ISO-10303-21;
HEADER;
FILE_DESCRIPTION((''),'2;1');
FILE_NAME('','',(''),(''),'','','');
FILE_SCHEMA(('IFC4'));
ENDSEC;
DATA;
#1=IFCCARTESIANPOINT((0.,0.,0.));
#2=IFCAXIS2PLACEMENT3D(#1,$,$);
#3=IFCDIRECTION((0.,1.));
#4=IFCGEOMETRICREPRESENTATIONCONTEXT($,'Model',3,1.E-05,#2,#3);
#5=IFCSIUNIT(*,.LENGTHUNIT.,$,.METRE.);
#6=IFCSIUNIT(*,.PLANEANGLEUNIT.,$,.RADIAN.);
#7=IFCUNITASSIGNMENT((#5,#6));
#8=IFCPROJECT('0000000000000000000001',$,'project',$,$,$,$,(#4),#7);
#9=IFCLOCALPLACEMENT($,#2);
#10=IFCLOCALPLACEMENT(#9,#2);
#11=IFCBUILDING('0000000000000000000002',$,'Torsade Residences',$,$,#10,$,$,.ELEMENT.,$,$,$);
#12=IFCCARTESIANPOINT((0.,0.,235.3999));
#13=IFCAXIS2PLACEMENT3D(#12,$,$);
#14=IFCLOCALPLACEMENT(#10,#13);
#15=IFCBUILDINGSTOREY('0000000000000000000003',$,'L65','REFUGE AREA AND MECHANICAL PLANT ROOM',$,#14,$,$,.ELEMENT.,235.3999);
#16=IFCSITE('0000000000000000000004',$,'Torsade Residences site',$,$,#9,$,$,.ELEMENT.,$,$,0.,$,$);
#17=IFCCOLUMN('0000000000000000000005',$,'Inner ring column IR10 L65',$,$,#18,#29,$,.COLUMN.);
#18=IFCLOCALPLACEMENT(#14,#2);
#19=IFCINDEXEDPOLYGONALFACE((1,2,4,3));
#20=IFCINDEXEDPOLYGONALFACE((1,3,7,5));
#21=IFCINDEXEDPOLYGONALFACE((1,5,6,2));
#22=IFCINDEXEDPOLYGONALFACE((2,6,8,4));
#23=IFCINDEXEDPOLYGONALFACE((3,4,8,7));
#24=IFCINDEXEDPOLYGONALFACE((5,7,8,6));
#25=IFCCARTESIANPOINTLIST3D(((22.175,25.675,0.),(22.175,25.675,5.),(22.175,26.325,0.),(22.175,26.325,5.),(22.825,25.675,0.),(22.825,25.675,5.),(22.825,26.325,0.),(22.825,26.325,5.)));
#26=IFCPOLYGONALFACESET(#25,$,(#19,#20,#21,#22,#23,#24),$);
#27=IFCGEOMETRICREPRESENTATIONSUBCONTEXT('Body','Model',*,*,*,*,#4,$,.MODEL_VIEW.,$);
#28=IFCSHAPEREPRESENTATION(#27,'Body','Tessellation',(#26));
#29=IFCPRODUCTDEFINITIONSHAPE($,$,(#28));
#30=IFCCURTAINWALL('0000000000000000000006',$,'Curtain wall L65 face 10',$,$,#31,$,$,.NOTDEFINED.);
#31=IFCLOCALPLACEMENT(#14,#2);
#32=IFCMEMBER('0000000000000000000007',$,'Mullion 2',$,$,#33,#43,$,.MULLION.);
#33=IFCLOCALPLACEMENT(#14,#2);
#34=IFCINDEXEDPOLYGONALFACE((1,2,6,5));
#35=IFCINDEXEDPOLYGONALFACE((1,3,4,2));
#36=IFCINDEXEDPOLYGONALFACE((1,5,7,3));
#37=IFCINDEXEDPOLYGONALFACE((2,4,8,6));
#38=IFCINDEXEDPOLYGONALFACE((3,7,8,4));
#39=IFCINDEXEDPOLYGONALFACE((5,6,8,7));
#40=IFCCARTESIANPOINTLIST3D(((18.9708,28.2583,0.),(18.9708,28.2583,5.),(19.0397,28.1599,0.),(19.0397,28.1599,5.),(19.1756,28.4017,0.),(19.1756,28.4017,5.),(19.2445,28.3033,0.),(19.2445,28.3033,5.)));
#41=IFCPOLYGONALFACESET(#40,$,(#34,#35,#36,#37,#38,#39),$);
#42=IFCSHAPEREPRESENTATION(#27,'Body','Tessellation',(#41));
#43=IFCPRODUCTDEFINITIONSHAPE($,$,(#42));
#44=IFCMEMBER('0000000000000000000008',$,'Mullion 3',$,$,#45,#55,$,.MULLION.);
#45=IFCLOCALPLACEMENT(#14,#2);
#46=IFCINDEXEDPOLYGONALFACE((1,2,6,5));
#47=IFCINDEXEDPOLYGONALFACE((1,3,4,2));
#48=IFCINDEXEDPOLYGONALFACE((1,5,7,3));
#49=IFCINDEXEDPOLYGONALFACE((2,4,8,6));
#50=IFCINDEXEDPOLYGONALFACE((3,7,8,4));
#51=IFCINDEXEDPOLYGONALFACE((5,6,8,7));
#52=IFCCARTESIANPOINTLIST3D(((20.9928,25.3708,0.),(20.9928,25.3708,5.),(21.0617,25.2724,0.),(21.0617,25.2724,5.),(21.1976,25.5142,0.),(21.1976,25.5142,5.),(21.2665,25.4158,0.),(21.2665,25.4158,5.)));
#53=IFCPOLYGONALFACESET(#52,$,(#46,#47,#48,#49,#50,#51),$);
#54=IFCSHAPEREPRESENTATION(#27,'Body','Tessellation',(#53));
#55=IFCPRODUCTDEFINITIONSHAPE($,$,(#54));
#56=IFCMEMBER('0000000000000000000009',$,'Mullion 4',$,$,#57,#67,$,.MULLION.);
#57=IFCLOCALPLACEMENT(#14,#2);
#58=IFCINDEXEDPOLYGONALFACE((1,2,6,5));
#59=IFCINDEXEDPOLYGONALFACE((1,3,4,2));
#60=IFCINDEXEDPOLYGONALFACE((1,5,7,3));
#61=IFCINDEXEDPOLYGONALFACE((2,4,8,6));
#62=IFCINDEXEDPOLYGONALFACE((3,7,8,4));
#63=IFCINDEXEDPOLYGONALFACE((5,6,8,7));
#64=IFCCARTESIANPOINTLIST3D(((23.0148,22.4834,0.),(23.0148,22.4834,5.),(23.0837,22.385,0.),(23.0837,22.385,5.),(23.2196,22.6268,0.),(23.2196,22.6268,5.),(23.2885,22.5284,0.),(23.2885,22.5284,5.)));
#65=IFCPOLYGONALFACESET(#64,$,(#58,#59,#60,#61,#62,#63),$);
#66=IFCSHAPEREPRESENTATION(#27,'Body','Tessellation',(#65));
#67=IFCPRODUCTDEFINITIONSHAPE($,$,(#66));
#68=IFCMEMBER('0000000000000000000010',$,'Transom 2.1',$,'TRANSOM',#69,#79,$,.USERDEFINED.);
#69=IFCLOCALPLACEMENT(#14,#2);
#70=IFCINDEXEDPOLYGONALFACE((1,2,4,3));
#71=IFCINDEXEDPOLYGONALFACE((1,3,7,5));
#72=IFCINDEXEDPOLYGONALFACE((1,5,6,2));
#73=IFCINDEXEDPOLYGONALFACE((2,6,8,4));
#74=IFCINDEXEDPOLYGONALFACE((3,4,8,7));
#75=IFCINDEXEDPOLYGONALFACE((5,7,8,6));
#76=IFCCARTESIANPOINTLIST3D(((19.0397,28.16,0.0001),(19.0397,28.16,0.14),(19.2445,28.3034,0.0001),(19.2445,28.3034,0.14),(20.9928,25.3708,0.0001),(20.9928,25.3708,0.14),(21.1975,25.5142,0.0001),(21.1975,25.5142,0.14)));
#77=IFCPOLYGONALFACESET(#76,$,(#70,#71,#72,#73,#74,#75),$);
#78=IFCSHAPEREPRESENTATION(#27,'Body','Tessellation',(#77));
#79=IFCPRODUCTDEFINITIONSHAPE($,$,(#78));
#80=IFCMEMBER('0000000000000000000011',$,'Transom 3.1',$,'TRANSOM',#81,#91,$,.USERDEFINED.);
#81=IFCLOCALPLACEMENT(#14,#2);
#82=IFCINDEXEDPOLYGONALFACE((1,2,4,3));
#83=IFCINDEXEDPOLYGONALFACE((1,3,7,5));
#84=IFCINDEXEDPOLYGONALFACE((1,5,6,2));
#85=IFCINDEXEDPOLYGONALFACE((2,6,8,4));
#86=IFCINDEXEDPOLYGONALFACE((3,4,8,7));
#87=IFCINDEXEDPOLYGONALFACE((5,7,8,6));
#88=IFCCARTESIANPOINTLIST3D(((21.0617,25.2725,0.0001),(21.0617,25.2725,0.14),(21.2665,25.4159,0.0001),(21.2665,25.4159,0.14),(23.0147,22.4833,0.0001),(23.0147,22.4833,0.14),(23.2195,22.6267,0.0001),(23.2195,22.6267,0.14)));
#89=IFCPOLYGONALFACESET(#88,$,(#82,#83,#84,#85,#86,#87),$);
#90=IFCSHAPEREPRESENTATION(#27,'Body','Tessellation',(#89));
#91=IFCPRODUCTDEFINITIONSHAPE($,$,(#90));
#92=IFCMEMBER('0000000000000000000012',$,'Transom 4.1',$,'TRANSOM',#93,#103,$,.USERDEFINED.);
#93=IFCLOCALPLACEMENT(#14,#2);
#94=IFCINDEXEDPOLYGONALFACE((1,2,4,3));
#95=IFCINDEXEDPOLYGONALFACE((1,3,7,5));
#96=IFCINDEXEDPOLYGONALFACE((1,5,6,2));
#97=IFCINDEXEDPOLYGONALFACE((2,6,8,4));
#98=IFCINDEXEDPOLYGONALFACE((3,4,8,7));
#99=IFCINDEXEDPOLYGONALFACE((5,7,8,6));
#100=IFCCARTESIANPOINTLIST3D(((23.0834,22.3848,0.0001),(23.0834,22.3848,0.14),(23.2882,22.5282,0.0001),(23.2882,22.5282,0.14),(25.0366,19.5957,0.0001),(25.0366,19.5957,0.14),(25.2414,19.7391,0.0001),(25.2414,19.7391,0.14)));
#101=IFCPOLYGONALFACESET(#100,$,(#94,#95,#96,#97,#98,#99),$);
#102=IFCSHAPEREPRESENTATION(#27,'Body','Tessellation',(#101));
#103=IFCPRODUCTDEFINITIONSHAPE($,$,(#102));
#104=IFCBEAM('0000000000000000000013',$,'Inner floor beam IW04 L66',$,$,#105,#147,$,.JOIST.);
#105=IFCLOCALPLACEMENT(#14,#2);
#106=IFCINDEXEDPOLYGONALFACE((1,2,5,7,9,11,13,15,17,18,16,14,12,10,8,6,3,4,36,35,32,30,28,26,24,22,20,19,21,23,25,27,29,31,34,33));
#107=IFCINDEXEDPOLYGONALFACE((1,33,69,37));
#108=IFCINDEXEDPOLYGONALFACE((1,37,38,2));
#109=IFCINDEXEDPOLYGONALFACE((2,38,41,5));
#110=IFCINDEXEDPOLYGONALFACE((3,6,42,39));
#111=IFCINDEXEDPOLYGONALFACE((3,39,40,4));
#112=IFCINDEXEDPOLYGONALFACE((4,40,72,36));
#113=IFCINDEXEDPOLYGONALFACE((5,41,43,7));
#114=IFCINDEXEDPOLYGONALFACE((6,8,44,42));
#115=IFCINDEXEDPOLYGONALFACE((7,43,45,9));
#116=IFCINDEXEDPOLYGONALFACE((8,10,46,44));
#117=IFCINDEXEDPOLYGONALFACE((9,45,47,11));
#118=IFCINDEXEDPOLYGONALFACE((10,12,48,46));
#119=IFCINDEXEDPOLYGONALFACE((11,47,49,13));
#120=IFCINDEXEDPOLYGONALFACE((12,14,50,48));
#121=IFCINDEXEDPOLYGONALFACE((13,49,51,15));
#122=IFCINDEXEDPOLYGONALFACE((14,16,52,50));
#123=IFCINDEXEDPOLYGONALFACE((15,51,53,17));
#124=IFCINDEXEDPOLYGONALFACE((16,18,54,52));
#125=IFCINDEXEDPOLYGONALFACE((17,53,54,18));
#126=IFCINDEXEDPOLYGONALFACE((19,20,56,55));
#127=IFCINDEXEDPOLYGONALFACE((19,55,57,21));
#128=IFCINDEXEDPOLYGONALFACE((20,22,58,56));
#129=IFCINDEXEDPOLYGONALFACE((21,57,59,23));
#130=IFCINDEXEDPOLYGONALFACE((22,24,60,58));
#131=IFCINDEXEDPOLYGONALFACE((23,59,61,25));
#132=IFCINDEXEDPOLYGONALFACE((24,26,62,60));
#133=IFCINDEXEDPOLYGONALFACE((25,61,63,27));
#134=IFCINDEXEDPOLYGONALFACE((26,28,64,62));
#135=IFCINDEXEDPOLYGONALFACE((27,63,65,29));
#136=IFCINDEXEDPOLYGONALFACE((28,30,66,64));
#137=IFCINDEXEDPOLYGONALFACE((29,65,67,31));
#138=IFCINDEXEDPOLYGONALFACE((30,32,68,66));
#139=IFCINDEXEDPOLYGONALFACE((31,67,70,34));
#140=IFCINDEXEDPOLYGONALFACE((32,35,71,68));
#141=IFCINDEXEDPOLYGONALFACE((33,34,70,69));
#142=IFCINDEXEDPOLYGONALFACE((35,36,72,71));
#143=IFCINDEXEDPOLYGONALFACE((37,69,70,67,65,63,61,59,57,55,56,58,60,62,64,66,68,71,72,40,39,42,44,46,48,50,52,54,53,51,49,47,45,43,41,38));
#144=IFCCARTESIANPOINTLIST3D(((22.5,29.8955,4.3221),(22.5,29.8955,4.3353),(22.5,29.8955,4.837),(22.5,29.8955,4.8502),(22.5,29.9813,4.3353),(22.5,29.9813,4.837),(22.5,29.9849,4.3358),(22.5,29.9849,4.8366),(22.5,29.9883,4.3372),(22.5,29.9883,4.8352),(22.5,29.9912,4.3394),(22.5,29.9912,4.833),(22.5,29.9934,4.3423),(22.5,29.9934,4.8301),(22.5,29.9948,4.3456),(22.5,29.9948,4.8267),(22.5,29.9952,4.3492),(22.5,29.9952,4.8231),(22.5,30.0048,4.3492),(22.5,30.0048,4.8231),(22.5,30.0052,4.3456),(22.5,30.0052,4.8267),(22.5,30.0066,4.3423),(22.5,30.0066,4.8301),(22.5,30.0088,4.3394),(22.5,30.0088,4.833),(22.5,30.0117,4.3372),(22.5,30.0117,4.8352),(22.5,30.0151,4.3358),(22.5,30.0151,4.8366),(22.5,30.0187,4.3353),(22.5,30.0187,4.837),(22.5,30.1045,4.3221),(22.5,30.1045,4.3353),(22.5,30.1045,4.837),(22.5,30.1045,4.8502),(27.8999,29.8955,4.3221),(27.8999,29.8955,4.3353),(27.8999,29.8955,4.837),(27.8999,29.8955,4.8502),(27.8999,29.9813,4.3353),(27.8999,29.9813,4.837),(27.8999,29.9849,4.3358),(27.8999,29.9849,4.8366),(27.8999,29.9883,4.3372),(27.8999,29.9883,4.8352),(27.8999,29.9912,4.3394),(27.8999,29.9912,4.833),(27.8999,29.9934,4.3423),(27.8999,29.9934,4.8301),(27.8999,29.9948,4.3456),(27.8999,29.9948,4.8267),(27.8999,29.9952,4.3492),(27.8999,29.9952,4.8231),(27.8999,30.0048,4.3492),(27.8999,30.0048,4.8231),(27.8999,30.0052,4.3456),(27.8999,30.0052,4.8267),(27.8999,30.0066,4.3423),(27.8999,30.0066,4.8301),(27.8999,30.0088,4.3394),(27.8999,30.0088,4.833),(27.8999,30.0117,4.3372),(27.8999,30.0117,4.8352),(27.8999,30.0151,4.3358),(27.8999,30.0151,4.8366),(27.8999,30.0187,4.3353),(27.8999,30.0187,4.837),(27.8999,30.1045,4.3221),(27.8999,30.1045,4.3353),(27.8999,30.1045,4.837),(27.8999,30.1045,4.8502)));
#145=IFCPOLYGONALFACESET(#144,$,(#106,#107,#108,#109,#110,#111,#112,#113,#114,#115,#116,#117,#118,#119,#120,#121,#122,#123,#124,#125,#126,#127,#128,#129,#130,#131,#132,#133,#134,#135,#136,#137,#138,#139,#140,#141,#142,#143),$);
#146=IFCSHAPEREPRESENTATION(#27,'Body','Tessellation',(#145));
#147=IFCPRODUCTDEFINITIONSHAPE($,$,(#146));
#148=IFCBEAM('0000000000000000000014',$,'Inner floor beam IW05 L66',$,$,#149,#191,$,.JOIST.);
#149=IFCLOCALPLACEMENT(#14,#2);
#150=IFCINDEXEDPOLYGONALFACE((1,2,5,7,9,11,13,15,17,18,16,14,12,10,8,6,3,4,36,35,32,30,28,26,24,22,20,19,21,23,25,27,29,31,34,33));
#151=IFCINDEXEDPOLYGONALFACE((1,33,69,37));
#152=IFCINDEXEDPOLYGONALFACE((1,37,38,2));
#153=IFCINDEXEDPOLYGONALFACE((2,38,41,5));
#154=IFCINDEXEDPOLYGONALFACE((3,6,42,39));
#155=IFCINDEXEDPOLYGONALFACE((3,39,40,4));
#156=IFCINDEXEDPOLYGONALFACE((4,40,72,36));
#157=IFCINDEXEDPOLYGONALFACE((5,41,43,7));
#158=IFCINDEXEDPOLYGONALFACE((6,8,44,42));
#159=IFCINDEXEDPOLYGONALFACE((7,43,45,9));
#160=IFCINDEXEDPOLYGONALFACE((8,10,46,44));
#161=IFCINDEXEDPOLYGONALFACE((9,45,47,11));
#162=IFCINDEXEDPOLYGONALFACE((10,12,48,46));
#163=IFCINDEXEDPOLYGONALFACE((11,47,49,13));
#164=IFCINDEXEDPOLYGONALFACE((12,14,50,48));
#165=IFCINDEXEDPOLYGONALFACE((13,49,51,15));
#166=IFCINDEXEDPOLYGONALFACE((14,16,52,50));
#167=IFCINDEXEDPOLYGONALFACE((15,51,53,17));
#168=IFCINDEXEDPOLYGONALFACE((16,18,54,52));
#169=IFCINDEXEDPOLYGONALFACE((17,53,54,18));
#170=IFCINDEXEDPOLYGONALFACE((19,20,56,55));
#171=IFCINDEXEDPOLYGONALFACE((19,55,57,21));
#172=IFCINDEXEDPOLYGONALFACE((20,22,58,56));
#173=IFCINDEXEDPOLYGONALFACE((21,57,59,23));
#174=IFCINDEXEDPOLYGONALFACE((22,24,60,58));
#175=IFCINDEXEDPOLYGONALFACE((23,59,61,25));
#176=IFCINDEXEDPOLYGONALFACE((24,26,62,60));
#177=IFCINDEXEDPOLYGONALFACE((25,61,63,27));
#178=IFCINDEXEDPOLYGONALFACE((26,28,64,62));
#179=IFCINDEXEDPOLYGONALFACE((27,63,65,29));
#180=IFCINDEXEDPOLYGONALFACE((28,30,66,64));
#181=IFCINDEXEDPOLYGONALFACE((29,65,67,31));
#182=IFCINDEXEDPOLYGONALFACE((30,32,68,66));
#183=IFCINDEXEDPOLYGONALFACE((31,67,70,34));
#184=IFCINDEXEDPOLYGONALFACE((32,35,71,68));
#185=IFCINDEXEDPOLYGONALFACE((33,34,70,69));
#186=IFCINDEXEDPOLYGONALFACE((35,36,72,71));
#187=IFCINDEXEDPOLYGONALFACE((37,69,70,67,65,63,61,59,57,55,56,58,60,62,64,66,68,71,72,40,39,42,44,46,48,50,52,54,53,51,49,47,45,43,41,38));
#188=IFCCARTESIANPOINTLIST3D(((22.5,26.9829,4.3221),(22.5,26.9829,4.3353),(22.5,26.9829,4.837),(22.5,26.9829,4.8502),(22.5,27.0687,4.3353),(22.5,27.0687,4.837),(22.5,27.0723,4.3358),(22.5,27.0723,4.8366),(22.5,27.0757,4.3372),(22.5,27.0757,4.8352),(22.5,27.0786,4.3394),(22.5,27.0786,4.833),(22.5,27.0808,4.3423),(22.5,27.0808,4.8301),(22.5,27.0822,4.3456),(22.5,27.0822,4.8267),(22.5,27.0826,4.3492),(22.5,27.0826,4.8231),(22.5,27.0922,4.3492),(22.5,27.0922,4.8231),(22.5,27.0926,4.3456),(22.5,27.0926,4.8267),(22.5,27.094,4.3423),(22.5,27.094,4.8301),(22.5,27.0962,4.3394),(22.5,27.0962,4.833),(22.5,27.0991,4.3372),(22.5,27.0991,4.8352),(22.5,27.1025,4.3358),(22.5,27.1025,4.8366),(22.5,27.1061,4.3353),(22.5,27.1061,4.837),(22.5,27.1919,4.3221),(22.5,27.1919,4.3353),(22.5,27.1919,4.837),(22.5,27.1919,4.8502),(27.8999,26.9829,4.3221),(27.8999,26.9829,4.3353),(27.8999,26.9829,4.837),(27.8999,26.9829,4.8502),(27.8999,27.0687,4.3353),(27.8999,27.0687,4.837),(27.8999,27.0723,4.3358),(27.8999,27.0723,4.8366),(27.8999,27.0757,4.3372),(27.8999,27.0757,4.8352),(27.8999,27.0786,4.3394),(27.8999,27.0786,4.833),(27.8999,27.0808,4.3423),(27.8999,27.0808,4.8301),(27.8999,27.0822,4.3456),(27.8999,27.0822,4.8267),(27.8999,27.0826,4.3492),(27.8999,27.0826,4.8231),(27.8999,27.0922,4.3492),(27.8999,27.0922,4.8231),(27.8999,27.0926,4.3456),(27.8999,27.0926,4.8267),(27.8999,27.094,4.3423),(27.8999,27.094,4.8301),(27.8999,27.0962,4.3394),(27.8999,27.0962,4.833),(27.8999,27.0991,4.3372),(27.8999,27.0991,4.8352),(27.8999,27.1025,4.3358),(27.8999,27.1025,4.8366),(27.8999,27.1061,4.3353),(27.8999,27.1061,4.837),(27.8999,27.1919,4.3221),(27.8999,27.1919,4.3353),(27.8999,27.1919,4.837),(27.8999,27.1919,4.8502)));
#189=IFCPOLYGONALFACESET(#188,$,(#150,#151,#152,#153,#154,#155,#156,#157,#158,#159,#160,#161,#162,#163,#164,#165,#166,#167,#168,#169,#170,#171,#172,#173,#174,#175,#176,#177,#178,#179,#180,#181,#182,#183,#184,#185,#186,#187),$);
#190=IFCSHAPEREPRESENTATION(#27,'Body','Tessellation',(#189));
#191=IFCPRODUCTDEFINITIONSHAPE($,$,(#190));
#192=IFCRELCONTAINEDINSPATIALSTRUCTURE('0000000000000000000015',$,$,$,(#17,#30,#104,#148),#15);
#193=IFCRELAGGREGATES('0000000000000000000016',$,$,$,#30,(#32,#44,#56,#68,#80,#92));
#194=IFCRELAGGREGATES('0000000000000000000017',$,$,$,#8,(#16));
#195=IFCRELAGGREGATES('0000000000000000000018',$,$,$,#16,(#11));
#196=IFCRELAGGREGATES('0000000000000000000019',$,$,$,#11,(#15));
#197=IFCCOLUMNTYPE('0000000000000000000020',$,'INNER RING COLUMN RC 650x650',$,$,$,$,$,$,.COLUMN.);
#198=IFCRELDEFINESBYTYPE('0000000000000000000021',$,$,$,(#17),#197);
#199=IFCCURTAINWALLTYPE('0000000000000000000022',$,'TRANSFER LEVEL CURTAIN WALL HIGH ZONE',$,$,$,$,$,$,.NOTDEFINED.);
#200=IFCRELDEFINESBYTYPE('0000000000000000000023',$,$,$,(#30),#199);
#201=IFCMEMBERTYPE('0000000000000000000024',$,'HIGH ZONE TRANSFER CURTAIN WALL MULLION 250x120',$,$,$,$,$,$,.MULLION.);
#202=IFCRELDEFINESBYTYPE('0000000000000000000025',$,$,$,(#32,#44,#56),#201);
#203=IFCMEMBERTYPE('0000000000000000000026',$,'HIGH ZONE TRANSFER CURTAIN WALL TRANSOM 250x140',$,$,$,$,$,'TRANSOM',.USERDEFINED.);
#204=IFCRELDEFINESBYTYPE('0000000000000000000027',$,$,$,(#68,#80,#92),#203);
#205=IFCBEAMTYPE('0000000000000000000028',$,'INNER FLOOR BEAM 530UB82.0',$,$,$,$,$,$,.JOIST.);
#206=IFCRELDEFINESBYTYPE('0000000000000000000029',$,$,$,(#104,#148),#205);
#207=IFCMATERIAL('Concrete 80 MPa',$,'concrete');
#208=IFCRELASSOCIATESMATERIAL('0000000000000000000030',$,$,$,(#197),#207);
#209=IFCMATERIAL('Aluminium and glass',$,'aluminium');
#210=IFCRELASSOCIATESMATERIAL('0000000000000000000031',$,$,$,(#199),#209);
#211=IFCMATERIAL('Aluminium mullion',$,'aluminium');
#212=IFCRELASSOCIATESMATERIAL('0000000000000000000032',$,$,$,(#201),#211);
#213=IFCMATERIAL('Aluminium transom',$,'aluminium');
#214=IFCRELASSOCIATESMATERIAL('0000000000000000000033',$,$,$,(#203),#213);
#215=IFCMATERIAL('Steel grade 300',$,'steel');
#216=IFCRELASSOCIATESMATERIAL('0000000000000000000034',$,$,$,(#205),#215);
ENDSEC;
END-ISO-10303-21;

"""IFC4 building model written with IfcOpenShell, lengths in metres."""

from ifc_helpers import new_model, si_unit, direction, frame, origin, origin_2d, place, context, subcontext, project, spatial, rectangle, i_section, extrude, material, material_profile, profile_set, type_object, element, aggregate, save


model = new_model("IFC4")

# Units and contexts
model_context = context("Model", 3, precision=1e-05, world=origin(), true_north=direction((0.0, 1.0)))
body_context = subcontext(model_context, "Body", "Model", "MODEL_VIEW")
ifc_project = project(units=[si_unit("LENGTHUNIT", "METRE"), si_unit("PLANEANGLEUNIT", "RADIAN")], contexts=[model_context])

# Site, building, storey
site_placement = place(None, origin())
site = spatial("IfcSite", under=ifc_project, at=site_placement, Name="Torsade Residences site", CompositionType="ELEMENT", RefElevation=0.0)
building_placement = place(site_placement, origin())
building = spatial("IfcBuilding", under=site, at=building_placement, Name="Torsade Residences", CompositionType="ELEMENT")
storey_placement = place(building_placement, frame((0.0, 0.0, 235.3999)))
storey = spatial("IfcBuildingStorey", under=building, at=storey_placement, Name="L65", Description="REFUGE AREA AND MECHANICAL PLANT ROOM", CompositionType="ELEMENT", Elevation=235.3999)

# Column
ifc_material_1 = material(Name="Concrete 80 MPa", Category="concrete")
ifc_material_profile_1 = material_profile(ifc_material_1, rectangle(XDim=0.6499, YDim=0.6499, at=origin_2d()), Name="RC 650x650")
ifc_profile_set_1 = profile_set([ifc_material_profile_1], Name="Concrete 80 MPa")
column_type = type_object("IfcColumnType", Name="INNER RING COLUMN RC 650x650", PredefinedType="COLUMN", material=ifc_profile_set_1)
column_placement = place(storey_placement, frame((22.5, 26.0, 0.0), z_axis=(0.0, 0.0, 1.0), x_axis=(1.0, 0.0, 0.0)))
element("IfcColumn", 1, at=column_placement, inside=storey, type_object=column_type, Name="Inner ring column IR10 L65", PredefinedType="COLUMN", context=body_context, shape_type="SweptSolid", body=[
    extrude(rectangle(XDim=0.6499, YDim=0.6499, at=origin_2d()), origin(), (0.0, 0.0, 1.0), 5.0),
])

# Curtain wall, members
ifc_material_2 = material(Name="Aluminium and glass", Category="aluminium")
curtain_wall_type = type_object("IfcCurtainWallType", Name="TRANSFER LEVEL CURTAIN WALL HIGH ZONE", PredefinedType="NOTDEFINED", material=ifc_material_2)
curtain_wall_placement = place(storey_placement, origin())
curtain_wall = element("IfcCurtainWall", 2, at=curtain_wall_placement, inside=storey, type_object=curtain_wall_type, Name="Curtain wall L65 face 10", PredefinedType="NOTDEFINED")
ifc_material_3 = material(Name="Aluminium mullion", Category="aluminium")
ifc_material_profile_2 = material_profile(ifc_material_3, rectangle(XDim=0.25, YDim=0.1201, at=origin_2d()), Name="HIGH ZONE TRANSFER CURTAIN WALL MULLION 250x120")
ifc_profile_set_2 = profile_set([ifc_material_profile_2], Name="Aluminium mullion")
member_type_1 = type_object("IfcMemberType", Name="HIGH ZONE TRANSFER CURTAIN WALL MULLION 250x120", PredefinedType="MULLION", material=ifc_profile_set_2)
member_1_placement = place(storey_placement, frame((19.1077, 28.2808, 0.0), z_axis=(0.0, 0.0, 1.0), x_axis=(0.819152, 0.573576, 0.0)))
member_1 = element("IfcMember", 3, at=member_1_placement, type_object=member_type_1, Name="Mullion 2", PredefinedType="MULLION", context=body_context, shape_type="SweptSolid", body=[
    extrude(rectangle(XDim=0.25, YDim=0.1201, at=origin_2d()), origin(), (0.0, 0.0, 1.0), 5.0),
])
member_2_placement = place(storey_placement, frame((21.1296, 25.3933, 0.0), z_axis=(0.0, 0.0, 1.0), x_axis=(0.819152, 0.573576, 0.0)))
member_2 = element("IfcMember", 4, at=member_2_placement, type_object=member_type_1, Name="Mullion 3", PredefinedType="MULLION", context=body_context, shape_type="SweptSolid", body=[
    extrude(rectangle(XDim=0.25, YDim=0.1201, at=origin_2d()), origin(), (0.0, 0.0, 1.0), 5.0),
])
member_3_placement = place(storey_placement, frame((23.1516, 22.5059, 0.0), z_axis=(0.0, 0.0, 1.0), x_axis=(0.819152, 0.573576, 0.0)))
member_3 = element("IfcMember", 5, at=member_3_placement, type_object=member_type_1, Name="Mullion 4", PredefinedType="MULLION", context=body_context, shape_type="SweptSolid", body=[
    extrude(rectangle(XDim=0.25, YDim=0.1201, at=origin_2d()), origin(), (0.0, 0.0, 1.0), 5.0),
])
ifc_material_4 = material(Name="Aluminium transom", Category="aluminium")
ifc_material_profile_3 = material_profile(ifc_material_4, rectangle(XDim=0.25, YDim=0.1399, at=origin_2d()), Name="HIGH ZONE TRANSFER CURTAIN WALL TRANSOM 250x140")
ifc_profile_set_3 = profile_set([ifc_material_profile_3], Name="Aluminium transom")
member_type_2 = type_object("IfcMemberType", Name="HIGH ZONE TRANSFER CURTAIN WALL TRANSOM 250x140", ElementType="TRANSOM", PredefinedType="USERDEFINED", material=ifc_profile_set_3)
member_4_placement = place(storey_placement, frame((19.1421, 28.2317, 0.0701), z_axis=(0.573583, -0.819148, 0.0), x_axis=(0.819148, 0.573583, 0.0)))
member_4 = element("IfcMember", 6, at=member_4_placement, type_object=member_type_2, Name="Transom 2.1", ObjectType="TRANSOM", PredefinedType="USERDEFINED", context=body_context, shape_type="SweptSolid", body=[
    extrude(rectangle(XDim=0.25, YDim=0.1399, at=origin_2d()), origin(), (0.0, 0.0, 1.0), 3.405),
])
member_5_placement = place(storey_placement, frame((21.1641, 25.3442, 0.0701), z_axis=(0.573583, -0.819148, 0.0), x_axis=(0.819148, 0.573583, 0.0)))
member_5 = element("IfcMember", 7, at=member_5_placement, type_object=member_type_2, Name="Transom 3.1", ObjectType="TRANSOM", PredefinedType="USERDEFINED", context=body_context, shape_type="SweptSolid", body=[
    extrude(rectangle(XDim=0.25, YDim=0.1399, at=origin_2d()), origin(), (0.0, 0.0, 1.0), 3.405),
])
member_6_placement = place(storey_placement, frame((23.1858, 22.4565, 0.0701), z_axis=(0.573616, -0.819124, 0.0), x_axis=(0.819124, 0.573616, 0.0)))
member_6 = element("IfcMember", 8, at=member_6_placement, type_object=member_type_2, Name="Transom 4.1", ObjectType="TRANSOM", PredefinedType="USERDEFINED", context=body_context, shape_type="SweptSolid", body=[
    extrude(rectangle(XDim=0.25, YDim=0.1399, at=origin_2d()), origin(), (0.0, 0.0, 1.0), 3.405),
])

# Beams
ifc_material_5 = material(Name="Steel grade 300", Category="steel")
ifc_material_profile_4 = material_profile(ifc_material_5, i_section(OverallWidth=0.209, OverallDepth=0.5281, WebThickness=0.0095, FlangeThickness=0.0132, FilletRadius=0.0139, at=origin_2d()), Name="530UB82.0")
ifc_profile_set_4 = profile_set([ifc_material_profile_4], Name="Steel grade 300")
beam_type_1 = type_object("IfcBeamType", Name="INNER FLOOR BEAM 530UB82.0", PredefinedType="JOIST", material=ifc_profile_set_4)
for number, where, z_axis, x_axis, name in (
    (9, (27.8999, 30.0, 4.5862), (-1.0, 0.0, 0.0), (0.0, -1.0, 0.0), "Inner floor beam IW04 L66"),
    (10, (27.8999, 27.0874, 4.5862), (-1.0, 0.0, 0.0), (0.0, -1.0, 0.0), "Inner floor beam IW05 L66"),
):
    element("IfcBeam", number, at=place(storey_placement, frame(where, z_axis=z_axis, x_axis=x_axis)), inside=storey, type_object=beam_type_1, Name=name, PredefinedType="JOIST", context=body_context, shape_type="SweptSolid", body=[
        extrude(i_section(OverallWidth=0.209, OverallDepth=0.5281, WebThickness=0.0095, FlangeThickness=0.0132, FilletRadius=0.0139, at=origin_2d()), origin(), (0.0, 0.0, 1.0), 5.3999),
    ])

aggregate(curtain_wall, [member_1, member_2, member_3, member_4, member_5, member_6])

save(model, "model.ifc")
